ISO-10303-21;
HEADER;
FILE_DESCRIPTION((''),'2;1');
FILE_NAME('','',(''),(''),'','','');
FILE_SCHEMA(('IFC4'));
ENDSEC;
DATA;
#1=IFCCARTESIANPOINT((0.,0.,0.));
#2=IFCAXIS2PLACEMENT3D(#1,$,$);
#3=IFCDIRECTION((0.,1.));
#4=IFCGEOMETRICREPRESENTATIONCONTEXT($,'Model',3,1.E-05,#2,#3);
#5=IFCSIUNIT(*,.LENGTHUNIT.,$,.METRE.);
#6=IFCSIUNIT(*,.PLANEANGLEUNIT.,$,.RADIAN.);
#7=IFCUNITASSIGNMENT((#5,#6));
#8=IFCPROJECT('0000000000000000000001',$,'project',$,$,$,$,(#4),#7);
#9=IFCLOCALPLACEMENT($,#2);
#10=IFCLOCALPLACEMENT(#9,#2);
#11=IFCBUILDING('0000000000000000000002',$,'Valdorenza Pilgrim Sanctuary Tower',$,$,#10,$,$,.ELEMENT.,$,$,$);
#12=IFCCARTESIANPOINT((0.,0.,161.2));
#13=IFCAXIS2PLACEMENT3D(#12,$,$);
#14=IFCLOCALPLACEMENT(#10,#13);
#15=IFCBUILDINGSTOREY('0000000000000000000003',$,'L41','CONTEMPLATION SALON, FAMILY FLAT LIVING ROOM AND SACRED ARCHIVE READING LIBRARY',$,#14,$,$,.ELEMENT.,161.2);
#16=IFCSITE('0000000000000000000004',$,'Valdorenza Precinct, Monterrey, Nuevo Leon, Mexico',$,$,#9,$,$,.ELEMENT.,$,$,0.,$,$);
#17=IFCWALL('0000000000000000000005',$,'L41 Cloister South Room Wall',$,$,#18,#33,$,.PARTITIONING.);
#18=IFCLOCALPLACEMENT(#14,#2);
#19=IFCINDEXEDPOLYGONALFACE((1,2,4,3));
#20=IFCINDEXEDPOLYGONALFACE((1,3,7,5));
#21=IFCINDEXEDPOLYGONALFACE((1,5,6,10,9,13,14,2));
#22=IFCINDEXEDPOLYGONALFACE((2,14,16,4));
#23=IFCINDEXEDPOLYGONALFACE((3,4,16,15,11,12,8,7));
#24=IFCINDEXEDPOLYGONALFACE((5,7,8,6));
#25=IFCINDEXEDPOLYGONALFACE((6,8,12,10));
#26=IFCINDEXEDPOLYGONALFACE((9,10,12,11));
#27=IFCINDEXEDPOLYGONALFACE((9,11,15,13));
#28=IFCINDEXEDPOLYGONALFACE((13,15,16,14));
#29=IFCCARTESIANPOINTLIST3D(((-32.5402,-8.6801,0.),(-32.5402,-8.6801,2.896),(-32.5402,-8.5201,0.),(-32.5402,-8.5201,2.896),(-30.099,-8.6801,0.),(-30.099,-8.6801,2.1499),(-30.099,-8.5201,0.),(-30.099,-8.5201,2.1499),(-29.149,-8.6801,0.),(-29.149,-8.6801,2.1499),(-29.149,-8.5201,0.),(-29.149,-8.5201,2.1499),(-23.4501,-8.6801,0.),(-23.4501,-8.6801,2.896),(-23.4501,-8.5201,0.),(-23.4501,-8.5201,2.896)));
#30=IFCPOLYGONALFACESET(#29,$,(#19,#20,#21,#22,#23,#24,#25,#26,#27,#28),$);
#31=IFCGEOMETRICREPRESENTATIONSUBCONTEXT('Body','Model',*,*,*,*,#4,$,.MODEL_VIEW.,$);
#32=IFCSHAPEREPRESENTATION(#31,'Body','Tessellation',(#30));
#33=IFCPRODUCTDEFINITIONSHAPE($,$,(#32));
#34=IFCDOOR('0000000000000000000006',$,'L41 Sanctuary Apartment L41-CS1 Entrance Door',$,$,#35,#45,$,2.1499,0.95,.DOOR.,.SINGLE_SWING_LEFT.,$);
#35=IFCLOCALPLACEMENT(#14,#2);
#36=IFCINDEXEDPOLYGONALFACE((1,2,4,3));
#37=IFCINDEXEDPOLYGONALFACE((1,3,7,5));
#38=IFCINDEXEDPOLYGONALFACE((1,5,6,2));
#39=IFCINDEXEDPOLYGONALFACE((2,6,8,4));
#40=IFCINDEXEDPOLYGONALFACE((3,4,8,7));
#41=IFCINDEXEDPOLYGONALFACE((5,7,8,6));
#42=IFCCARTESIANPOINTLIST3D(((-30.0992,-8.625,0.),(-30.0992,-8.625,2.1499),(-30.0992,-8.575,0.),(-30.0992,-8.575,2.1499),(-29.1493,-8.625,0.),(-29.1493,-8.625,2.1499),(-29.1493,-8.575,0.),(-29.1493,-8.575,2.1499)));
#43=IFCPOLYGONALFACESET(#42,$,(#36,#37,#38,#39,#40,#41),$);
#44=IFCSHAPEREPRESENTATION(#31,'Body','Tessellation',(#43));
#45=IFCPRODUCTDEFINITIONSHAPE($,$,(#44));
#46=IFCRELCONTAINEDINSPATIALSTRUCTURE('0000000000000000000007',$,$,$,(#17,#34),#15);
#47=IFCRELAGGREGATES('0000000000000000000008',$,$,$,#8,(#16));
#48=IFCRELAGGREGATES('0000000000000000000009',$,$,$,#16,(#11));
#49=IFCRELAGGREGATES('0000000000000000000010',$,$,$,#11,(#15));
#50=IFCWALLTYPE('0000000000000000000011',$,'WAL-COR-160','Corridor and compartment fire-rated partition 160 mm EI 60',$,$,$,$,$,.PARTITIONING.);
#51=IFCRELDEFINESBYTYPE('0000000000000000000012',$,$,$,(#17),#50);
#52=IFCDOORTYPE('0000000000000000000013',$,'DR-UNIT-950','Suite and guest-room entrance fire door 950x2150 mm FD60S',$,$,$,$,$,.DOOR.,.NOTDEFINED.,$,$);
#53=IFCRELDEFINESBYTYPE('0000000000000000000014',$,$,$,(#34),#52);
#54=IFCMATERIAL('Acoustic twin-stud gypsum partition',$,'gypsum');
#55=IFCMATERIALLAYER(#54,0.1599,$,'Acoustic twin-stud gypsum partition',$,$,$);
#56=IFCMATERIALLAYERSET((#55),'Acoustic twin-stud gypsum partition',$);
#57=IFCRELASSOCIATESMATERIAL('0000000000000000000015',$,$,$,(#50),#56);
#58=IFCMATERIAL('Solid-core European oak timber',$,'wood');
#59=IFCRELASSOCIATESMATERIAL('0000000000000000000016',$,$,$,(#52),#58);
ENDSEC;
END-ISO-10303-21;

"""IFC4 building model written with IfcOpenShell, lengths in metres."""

from ifc_helpers import new_model, si_unit, direction, frame, frame_2d, origin, place, context, subcontext, project, spatial, rectangle, extrude, material, layer, layer_set, type_object, element, fill, save


model = new_model("IFC4")

# Units and contexts
model_context = context("Model", 3, precision=1e-05, world=origin(), true_north=direction((0.0, 1.0)))
body_context = subcontext(model_context, "Body", "Model", "MODEL_VIEW")
ifc_project = project(units=[si_unit("LENGTHUNIT", "METRE"), si_unit("PLANEANGLEUNIT", "RADIAN")], contexts=[model_context])

# Site, building, storey
site_placement = place(None, origin())
site = spatial("IfcSite", under=ifc_project, at=site_placement, Name="Valdorenza Precinct, Monterrey, Nuevo Leon, Mexico", CompositionType="ELEMENT", RefElevation=0.0)
building_placement = place(site_placement, origin())
building = spatial("IfcBuilding", under=site, at=building_placement, Name="Valdorenza Pilgrim Sanctuary Tower", CompositionType="ELEMENT")
storey_placement = place(building_placement, frame((0.0, 0.0, 161.2)))
storey = spatial("IfcBuildingStorey", under=building, at=storey_placement, Name="L41", Description="CONTEMPLATION SALON, FAMILY FLAT LIVING ROOM AND SACRED ARCHIVE READING LIBRARY", CompositionType="ELEMENT", Elevation=161.2)

# Wall, opening, door
ifc_material_1 = material(Name="Acoustic twin-stud gypsum partition", Category="gypsum")
ifc_layer_1 = layer(ifc_material_1, 0.1599, Name="Acoustic twin-stud gypsum partition")
ifc_layer_set_1 = layer_set([ifc_layer_1], Name="Acoustic twin-stud gypsum partition")
wall_type = type_object("IfcWallType", Name="WAL-COR-160", Description="Corridor and compartment fire-rated partition 160 mm EI 60", PredefinedType="PARTITIONING", material=ifc_layer_set_1)
wall_1_placement = place(storey_placement, frame((-32.54, -8.6001, 0.0), z_axis=(0.0, 0.0, 1.0), x_axis=(1.0, 0.0, 0.0)))
wall_1 = element("IfcWall", 1, at=wall_1_placement, inside=storey, type_object=wall_type, Name="L41 Cloister South Room Wall", PredefinedType="PARTITIONING", context=body_context, shape_type="SweptSolid", body=[
    extrude(rectangle(XDim=9.0901, YDim=0.1599, at=frame_2d((4.5449, 0.0))), origin(), (0.0, 0.0, 1.0), 2.896),
])
opening_1_placement = place(wall_1_placement, frame((2.4409, 0.0, 0.0)))
opening_1 = element("IfcOpeningElement", 2, at=opening_1_placement, cuts=wall_1, PredefinedType="OPENING", context=body_context, shape_type="SweptSolid", body=[
    extrude(rectangle(XDim=0.95, YDim=2.1499, at=frame_2d((0.4751, 1.075))), frame((0.0, 0.0947, 0.0), z_axis=(0.0, -1.0, 0.0), x_axis=(1.0, 0.0, 0.0)), (0.0, 0.0, 1.0), 0.1897),
])
ifc_material_2 = material(Name="Solid-core European oak timber", Category="wood")
door_type_1 = type_object("IfcDoorType", Name="DR-UNIT-950", Description="Suite and guest-room entrance fire door 950x2150 mm FD60S", OperationType="NOTDEFINED", PredefinedType="DOOR", material=ifc_material_2)
door_1_placement = place(opening_1_placement, frame((0.95, 0.0, 0.0), z_axis=(0.0, 0.0, 1.0), x_axis=(-1.0, 0.0, 0.0)))
door_1 = element("IfcDoor", 3, at=door_1_placement, inside=storey, type_object=door_type_1, Name="L41 Sanctuary Apartment L41-CS1 Entrance Door", OperationType="SINGLE_SWING_LEFT", OverallHeight=2.1499, OverallWidth=0.95, PredefinedType="DOOR", context=body_context, shape_type="SweptSolid", body=[
    extrude(rectangle(XDim=0.95, YDim=2.1499, at=frame_2d((0.4751, 1.075))), frame((0.0, 0.0249, 0.0), z_axis=(0.0, -1.0, 0.0), x_axis=(1.0, 0.0, 0.0)), (0.0, 0.0, 1.0), 0.05),
])
fill(opening_1, door_1)

save(model, "model.ifc")
